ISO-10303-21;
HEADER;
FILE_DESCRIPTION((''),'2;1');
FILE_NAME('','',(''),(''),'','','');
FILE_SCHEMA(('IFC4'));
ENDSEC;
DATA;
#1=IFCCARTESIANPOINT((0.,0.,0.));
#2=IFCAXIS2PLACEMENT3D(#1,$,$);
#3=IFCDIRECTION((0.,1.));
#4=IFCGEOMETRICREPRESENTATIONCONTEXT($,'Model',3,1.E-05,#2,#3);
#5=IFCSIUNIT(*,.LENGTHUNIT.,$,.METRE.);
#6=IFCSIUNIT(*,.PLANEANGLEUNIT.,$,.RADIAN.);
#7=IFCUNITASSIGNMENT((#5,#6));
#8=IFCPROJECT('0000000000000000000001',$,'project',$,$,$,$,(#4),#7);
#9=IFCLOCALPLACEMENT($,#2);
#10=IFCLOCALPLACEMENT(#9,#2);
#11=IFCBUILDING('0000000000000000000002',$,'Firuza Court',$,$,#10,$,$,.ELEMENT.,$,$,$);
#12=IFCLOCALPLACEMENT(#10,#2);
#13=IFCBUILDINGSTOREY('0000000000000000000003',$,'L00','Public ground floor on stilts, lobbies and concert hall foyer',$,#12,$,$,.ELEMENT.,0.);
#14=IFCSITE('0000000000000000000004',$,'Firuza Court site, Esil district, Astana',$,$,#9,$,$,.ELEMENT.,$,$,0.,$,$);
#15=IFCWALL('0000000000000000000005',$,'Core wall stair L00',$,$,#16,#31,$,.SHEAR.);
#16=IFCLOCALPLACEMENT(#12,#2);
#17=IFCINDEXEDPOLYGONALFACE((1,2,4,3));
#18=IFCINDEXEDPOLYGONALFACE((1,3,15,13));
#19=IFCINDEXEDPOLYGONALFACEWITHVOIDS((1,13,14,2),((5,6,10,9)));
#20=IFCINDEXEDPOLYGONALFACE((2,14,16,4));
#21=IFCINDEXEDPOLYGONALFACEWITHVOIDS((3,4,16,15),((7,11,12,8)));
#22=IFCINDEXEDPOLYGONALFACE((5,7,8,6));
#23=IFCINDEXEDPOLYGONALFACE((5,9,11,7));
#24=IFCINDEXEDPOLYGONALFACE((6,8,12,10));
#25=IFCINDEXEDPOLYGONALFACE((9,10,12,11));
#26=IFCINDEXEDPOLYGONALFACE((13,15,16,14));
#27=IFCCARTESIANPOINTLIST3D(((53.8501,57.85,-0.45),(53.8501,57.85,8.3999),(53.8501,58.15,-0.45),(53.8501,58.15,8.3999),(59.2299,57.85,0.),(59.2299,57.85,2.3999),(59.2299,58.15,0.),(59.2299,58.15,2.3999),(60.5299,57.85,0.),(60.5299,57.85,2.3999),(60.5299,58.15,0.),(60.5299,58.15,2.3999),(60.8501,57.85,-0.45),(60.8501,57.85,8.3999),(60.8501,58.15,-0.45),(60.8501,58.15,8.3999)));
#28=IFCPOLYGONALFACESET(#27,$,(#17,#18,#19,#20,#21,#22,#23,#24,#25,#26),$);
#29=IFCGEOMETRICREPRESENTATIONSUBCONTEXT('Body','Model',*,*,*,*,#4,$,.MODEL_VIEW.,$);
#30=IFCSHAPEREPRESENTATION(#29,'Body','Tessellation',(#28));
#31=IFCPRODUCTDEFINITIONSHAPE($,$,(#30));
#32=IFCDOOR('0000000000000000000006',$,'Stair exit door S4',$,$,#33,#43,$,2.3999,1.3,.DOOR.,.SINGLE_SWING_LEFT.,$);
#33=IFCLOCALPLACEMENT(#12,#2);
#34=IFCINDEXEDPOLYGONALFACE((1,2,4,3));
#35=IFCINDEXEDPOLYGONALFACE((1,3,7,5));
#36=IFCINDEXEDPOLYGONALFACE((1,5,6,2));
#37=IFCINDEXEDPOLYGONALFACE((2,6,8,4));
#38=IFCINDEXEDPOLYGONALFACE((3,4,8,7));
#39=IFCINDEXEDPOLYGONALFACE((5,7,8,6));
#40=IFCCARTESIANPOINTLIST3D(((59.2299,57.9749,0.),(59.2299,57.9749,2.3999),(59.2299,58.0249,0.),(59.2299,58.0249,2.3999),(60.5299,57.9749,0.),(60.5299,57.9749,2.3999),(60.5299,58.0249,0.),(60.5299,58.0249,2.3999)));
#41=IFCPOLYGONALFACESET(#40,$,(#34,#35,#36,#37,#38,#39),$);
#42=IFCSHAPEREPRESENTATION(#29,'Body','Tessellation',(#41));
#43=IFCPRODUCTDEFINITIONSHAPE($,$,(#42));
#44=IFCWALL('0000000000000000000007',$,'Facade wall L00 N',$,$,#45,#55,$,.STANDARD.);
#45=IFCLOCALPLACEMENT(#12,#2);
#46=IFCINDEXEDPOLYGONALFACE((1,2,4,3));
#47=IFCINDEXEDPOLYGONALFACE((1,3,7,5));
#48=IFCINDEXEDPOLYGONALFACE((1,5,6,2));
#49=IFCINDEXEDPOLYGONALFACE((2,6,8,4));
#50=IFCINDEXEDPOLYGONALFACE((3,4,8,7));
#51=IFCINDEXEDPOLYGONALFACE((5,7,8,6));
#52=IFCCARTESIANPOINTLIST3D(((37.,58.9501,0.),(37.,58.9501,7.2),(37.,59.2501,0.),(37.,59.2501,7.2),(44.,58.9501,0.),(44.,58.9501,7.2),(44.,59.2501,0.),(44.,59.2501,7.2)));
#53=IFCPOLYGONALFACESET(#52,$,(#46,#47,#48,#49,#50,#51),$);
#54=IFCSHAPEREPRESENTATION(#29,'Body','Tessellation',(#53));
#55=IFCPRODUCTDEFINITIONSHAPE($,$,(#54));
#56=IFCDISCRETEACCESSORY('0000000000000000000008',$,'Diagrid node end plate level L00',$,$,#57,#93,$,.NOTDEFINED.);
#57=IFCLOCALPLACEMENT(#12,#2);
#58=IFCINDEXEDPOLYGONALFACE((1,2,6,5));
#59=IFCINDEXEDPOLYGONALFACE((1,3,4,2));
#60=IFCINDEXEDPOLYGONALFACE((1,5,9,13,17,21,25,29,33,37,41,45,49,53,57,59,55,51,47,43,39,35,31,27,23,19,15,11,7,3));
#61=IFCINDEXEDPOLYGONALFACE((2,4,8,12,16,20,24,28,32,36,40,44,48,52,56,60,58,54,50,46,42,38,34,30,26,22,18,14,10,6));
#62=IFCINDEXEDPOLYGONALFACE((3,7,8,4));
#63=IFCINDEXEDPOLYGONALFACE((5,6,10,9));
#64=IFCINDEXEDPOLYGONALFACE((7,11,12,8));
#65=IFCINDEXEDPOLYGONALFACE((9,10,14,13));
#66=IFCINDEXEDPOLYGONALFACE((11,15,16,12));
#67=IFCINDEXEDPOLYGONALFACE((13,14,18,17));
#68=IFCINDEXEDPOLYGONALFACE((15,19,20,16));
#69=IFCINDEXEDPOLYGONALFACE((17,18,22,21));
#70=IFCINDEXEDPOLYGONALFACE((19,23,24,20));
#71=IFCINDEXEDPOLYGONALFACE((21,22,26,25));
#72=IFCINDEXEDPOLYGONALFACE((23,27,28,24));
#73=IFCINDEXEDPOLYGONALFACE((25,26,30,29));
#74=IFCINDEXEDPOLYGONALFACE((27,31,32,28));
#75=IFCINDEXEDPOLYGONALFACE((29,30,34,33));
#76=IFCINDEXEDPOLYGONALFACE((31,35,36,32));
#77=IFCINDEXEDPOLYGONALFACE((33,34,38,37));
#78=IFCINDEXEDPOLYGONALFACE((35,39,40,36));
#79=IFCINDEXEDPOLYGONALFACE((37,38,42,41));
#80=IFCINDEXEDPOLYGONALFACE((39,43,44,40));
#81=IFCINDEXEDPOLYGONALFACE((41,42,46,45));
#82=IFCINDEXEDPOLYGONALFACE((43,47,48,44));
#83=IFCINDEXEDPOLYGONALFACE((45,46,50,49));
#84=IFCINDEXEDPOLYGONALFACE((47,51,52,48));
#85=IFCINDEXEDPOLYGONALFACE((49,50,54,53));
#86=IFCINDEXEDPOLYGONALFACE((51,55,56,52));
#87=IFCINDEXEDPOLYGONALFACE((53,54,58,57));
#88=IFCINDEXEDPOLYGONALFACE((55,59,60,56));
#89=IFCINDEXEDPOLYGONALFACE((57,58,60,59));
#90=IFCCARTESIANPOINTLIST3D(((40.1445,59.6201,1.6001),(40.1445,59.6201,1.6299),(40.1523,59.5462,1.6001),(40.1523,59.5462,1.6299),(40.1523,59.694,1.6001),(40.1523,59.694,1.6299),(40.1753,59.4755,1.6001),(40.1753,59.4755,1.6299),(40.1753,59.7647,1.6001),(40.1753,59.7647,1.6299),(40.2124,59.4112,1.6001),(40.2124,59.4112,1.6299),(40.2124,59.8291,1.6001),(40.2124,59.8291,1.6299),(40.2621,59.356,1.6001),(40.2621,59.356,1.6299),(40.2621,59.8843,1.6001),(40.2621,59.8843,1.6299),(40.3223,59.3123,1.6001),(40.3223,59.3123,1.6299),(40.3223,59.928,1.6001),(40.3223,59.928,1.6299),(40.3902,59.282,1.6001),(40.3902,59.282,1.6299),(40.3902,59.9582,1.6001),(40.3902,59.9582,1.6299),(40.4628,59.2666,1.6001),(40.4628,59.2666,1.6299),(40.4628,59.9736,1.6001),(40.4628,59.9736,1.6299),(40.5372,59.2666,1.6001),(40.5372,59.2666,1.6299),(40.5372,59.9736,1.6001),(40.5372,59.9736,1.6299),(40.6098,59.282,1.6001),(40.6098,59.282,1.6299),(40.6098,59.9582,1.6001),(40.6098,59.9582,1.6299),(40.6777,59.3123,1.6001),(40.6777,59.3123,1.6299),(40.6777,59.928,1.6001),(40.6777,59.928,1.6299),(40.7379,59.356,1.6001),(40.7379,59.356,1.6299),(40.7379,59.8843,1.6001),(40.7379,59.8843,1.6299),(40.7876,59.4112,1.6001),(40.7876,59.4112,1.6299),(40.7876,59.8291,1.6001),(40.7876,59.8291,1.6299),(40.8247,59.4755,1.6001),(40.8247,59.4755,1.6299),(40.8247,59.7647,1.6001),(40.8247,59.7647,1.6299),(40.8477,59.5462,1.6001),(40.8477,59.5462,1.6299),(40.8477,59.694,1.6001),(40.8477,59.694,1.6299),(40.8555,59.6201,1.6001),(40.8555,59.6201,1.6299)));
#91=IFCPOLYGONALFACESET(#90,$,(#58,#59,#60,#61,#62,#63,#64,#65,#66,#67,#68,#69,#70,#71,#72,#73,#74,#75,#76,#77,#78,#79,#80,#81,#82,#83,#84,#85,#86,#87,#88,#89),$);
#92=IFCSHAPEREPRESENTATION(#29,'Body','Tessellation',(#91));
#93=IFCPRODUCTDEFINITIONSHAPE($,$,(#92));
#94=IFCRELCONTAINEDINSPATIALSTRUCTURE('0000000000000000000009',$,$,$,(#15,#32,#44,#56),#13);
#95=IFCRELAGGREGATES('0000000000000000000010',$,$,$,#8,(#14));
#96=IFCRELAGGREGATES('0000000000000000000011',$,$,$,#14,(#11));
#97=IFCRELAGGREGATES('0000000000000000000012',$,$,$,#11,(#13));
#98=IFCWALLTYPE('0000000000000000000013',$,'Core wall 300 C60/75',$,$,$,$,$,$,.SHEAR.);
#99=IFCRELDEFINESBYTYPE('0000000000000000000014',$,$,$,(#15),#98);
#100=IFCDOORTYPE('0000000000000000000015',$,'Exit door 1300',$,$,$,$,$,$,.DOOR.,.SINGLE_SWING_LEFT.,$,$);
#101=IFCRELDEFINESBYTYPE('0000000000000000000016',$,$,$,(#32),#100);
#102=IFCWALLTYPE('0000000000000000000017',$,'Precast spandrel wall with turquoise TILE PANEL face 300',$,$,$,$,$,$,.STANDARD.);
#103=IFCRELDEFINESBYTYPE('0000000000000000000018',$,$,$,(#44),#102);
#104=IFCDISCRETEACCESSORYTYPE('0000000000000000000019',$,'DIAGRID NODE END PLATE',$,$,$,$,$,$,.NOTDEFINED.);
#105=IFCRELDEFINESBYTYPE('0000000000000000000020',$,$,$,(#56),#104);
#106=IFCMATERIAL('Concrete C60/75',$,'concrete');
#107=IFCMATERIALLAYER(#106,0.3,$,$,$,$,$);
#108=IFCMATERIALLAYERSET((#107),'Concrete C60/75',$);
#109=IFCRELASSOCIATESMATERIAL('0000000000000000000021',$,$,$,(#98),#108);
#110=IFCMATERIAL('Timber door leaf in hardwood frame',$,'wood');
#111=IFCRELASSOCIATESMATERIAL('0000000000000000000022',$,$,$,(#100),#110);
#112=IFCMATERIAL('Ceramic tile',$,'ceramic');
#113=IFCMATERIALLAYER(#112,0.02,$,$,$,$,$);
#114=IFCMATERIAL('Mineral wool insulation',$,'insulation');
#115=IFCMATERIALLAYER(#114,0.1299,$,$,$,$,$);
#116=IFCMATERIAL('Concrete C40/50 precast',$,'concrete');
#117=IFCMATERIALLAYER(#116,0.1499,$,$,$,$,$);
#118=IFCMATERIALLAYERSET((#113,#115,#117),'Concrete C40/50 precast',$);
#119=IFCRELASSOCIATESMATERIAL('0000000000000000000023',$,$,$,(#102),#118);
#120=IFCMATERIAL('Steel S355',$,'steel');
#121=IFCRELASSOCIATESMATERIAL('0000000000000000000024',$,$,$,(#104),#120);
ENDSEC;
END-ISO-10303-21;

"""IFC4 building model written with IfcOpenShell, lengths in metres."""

from ifc_helpers import new_model, si_unit, direction, frame, frame_2d, origin, origin_2d, place, context, subcontext, project, spatial, rectangle, circle, extrude, material, layer, layer_set, material_profile, profile_set, type_object, element, fill, save


model = new_model("IFC4")

# Units and contexts
model_context = context("Model", 3, precision=1e-05, world=origin(), true_north=direction((0.0, 1.0)))
body_context = subcontext(model_context, "Body", "Model", "MODEL_VIEW")
ifc_project = project(units=[si_unit("LENGTHUNIT", "METRE"), si_unit("PLANEANGLEUNIT", "RADIAN")], contexts=[model_context])

# Site, building, storey
site_placement = place(None, origin())
site = spatial("IfcSite", under=ifc_project, at=site_placement, Name="Firuza Court site, Esil district, Astana", CompositionType="ELEMENT", RefElevation=0.0)
building_placement = place(site_placement, origin())
building = spatial("IfcBuilding", under=site, at=building_placement, Name="Firuza Court", CompositionType="ELEMENT")
storey_placement = place(building_placement, origin())
storey = spatial("IfcBuildingStorey", under=building, at=storey_placement, Name="L00", Description="Public ground floor on stilts, lobbies and concert hall foyer", CompositionType="ELEMENT", Elevation=0.0)

# Wall, opening, door
ifc_material_1 = material(Name="Concrete C60/75", Category="concrete")
ifc_layer_1 = layer(ifc_material_1, 0.3)
ifc_layer_set_1 = layer_set([ifc_layer_1], Name="Concrete C60/75")
wall_type_1 = type_object("IfcWallType", Name="Core wall 300 C60/75", PredefinedType="SHEAR", material=ifc_layer_set_1)
wall_1_placement = place(storey_placement, frame((53.8501, 58.0, -0.45), z_axis=(0.0, 0.0, 1.0), x_axis=(1.0, 0.0, 0.0)))
wall_1 = element("IfcWall", 1, at=wall_1_placement, inside=storey, type_object=wall_type_1, Name="Core wall stair L00", PredefinedType="SHEAR", context=body_context, shape_type="SweptSolid", body=[
    extrude(rectangle(XDim=7.0, YDim=0.3, at=frame_2d((3.5, 0.0))), origin(), (0.0, 0.0, 1.0), 8.8499),
])
opening_placement = place(wall_1_placement, frame((5.3799, 0.0, 0.45)))
opening = element("IfcOpeningElement", 2, at=opening_placement, cuts=wall_1, PredefinedType="OPENING", context=body_context, shape_type="SweptSolid", body=[
    extrude(rectangle(XDim=1.3, YDim=2.3999, at=frame_2d((0.6499, 1.2))), frame((0.0, 0.1621, 0.0), z_axis=(0.0, -1.0, 0.0), x_axis=(1.0, 0.0, 0.0)), (0.0, 0.0, 1.0), 0.324),
])
ifc_material_2 = material(Name="Timber door leaf in hardwood frame", Category="wood")
door_type = type_object("IfcDoorType", Name="Exit door 1300", OperationType="SINGLE_SWING_LEFT", PredefinedType="DOOR", material=ifc_material_2)
door_placement = place(opening_placement, origin())
door = element("IfcDoor", 3, at=door_placement, inside=storey, type_object=door_type, Name="Stair exit door S4", OperationType="SINGLE_SWING_LEFT", OverallHeight=2.3999, OverallWidth=1.3, PredefinedType="DOOR", context=body_context, shape_type="SweptSolid", body=[
    extrude(rectangle(XDim=1.3, YDim=2.3999, at=frame_2d((0.6499, 1.2))), frame((0.0, 0.0249, 0.0), z_axis=(0.0, -1.0, 0.0), x_axis=(1.0, 0.0, 0.0)), (0.0, 0.0, 1.0), 0.05),
])
fill(opening, door)

# Wall
ifc_material_3 = material(Name="Ceramic tile", Category="ceramic")
ifc_layer_2 = layer(ifc_material_3, 0.02)
ifc_material_4 = material(Name="Mineral wool insulation", Category="insulation")
ifc_layer_3 = layer(ifc_material_4, 0.1299)
ifc_material_5 = material(Name="Concrete C40/50 precast", Category="concrete")
ifc_layer_4 = layer(ifc_material_5, 0.1499)
ifc_layer_set_2 = layer_set([ifc_layer_2, ifc_layer_3, ifc_layer_4], Name="Concrete C40/50 precast")
wall_type_2 = type_object("IfcWallType", Name="Precast spandrel wall with turquoise TILE PANEL face 300", PredefinedType="STANDARD", material=ifc_layer_set_2)
wall_2_placement = place(storey_placement, frame((44.0, 59.1001, 0.0), z_axis=(0.0, 0.0, 1.0), x_axis=(-1.0, 0.0, 0.0)))
element("IfcWall", 4, at=wall_2_placement, inside=storey, type_object=wall_type_2, Name="Facade wall L00 N", PredefinedType="STANDARD", context=body_context, shape_type="SweptSolid", body=[
    extrude(rectangle(XDim=7.0, YDim=0.3, at=frame_2d((3.5, 0.0))), origin(), (0.0, 0.0, 1.0), 7.2),
])

# Discrete accessory
ifc_material_6 = material(Name="Steel S355", Category="steel")
ifc_material_profile_1 = material_profile(ifc_material_6, circle(Radius=0.3555, at=origin_2d()), Name="PL D711")
ifc_profile_set_1 = profile_set([ifc_material_profile_1], Name="Steel S355")
discrete_accessory_type = type_object("IfcDiscreteAccessoryType", Name="DIAGRID NODE END PLATE", PredefinedType="NOTDEFINED", material=ifc_profile_set_1)
discrete_accessory_placement = place(storey_placement, frame((40.5, 59.6201, 1.6001), z_axis=(0.0, 0.0, 1.0), x_axis=(1.0, 0.0, 0.0)))
element("IfcDiscreteAccessory", 5, at=discrete_accessory_placement, inside=storey, type_object=discrete_accessory_type, Name="Diagrid node end plate level L00", PredefinedType="NOTDEFINED", context=body_context, shape_type="SweptSolid", body=[
    extrude(circle(Radius=0.3555, at=origin_2d()), origin(), (0.0, 0.0, 1.0), 0.0298),
])

save(model, "model.ifc")
